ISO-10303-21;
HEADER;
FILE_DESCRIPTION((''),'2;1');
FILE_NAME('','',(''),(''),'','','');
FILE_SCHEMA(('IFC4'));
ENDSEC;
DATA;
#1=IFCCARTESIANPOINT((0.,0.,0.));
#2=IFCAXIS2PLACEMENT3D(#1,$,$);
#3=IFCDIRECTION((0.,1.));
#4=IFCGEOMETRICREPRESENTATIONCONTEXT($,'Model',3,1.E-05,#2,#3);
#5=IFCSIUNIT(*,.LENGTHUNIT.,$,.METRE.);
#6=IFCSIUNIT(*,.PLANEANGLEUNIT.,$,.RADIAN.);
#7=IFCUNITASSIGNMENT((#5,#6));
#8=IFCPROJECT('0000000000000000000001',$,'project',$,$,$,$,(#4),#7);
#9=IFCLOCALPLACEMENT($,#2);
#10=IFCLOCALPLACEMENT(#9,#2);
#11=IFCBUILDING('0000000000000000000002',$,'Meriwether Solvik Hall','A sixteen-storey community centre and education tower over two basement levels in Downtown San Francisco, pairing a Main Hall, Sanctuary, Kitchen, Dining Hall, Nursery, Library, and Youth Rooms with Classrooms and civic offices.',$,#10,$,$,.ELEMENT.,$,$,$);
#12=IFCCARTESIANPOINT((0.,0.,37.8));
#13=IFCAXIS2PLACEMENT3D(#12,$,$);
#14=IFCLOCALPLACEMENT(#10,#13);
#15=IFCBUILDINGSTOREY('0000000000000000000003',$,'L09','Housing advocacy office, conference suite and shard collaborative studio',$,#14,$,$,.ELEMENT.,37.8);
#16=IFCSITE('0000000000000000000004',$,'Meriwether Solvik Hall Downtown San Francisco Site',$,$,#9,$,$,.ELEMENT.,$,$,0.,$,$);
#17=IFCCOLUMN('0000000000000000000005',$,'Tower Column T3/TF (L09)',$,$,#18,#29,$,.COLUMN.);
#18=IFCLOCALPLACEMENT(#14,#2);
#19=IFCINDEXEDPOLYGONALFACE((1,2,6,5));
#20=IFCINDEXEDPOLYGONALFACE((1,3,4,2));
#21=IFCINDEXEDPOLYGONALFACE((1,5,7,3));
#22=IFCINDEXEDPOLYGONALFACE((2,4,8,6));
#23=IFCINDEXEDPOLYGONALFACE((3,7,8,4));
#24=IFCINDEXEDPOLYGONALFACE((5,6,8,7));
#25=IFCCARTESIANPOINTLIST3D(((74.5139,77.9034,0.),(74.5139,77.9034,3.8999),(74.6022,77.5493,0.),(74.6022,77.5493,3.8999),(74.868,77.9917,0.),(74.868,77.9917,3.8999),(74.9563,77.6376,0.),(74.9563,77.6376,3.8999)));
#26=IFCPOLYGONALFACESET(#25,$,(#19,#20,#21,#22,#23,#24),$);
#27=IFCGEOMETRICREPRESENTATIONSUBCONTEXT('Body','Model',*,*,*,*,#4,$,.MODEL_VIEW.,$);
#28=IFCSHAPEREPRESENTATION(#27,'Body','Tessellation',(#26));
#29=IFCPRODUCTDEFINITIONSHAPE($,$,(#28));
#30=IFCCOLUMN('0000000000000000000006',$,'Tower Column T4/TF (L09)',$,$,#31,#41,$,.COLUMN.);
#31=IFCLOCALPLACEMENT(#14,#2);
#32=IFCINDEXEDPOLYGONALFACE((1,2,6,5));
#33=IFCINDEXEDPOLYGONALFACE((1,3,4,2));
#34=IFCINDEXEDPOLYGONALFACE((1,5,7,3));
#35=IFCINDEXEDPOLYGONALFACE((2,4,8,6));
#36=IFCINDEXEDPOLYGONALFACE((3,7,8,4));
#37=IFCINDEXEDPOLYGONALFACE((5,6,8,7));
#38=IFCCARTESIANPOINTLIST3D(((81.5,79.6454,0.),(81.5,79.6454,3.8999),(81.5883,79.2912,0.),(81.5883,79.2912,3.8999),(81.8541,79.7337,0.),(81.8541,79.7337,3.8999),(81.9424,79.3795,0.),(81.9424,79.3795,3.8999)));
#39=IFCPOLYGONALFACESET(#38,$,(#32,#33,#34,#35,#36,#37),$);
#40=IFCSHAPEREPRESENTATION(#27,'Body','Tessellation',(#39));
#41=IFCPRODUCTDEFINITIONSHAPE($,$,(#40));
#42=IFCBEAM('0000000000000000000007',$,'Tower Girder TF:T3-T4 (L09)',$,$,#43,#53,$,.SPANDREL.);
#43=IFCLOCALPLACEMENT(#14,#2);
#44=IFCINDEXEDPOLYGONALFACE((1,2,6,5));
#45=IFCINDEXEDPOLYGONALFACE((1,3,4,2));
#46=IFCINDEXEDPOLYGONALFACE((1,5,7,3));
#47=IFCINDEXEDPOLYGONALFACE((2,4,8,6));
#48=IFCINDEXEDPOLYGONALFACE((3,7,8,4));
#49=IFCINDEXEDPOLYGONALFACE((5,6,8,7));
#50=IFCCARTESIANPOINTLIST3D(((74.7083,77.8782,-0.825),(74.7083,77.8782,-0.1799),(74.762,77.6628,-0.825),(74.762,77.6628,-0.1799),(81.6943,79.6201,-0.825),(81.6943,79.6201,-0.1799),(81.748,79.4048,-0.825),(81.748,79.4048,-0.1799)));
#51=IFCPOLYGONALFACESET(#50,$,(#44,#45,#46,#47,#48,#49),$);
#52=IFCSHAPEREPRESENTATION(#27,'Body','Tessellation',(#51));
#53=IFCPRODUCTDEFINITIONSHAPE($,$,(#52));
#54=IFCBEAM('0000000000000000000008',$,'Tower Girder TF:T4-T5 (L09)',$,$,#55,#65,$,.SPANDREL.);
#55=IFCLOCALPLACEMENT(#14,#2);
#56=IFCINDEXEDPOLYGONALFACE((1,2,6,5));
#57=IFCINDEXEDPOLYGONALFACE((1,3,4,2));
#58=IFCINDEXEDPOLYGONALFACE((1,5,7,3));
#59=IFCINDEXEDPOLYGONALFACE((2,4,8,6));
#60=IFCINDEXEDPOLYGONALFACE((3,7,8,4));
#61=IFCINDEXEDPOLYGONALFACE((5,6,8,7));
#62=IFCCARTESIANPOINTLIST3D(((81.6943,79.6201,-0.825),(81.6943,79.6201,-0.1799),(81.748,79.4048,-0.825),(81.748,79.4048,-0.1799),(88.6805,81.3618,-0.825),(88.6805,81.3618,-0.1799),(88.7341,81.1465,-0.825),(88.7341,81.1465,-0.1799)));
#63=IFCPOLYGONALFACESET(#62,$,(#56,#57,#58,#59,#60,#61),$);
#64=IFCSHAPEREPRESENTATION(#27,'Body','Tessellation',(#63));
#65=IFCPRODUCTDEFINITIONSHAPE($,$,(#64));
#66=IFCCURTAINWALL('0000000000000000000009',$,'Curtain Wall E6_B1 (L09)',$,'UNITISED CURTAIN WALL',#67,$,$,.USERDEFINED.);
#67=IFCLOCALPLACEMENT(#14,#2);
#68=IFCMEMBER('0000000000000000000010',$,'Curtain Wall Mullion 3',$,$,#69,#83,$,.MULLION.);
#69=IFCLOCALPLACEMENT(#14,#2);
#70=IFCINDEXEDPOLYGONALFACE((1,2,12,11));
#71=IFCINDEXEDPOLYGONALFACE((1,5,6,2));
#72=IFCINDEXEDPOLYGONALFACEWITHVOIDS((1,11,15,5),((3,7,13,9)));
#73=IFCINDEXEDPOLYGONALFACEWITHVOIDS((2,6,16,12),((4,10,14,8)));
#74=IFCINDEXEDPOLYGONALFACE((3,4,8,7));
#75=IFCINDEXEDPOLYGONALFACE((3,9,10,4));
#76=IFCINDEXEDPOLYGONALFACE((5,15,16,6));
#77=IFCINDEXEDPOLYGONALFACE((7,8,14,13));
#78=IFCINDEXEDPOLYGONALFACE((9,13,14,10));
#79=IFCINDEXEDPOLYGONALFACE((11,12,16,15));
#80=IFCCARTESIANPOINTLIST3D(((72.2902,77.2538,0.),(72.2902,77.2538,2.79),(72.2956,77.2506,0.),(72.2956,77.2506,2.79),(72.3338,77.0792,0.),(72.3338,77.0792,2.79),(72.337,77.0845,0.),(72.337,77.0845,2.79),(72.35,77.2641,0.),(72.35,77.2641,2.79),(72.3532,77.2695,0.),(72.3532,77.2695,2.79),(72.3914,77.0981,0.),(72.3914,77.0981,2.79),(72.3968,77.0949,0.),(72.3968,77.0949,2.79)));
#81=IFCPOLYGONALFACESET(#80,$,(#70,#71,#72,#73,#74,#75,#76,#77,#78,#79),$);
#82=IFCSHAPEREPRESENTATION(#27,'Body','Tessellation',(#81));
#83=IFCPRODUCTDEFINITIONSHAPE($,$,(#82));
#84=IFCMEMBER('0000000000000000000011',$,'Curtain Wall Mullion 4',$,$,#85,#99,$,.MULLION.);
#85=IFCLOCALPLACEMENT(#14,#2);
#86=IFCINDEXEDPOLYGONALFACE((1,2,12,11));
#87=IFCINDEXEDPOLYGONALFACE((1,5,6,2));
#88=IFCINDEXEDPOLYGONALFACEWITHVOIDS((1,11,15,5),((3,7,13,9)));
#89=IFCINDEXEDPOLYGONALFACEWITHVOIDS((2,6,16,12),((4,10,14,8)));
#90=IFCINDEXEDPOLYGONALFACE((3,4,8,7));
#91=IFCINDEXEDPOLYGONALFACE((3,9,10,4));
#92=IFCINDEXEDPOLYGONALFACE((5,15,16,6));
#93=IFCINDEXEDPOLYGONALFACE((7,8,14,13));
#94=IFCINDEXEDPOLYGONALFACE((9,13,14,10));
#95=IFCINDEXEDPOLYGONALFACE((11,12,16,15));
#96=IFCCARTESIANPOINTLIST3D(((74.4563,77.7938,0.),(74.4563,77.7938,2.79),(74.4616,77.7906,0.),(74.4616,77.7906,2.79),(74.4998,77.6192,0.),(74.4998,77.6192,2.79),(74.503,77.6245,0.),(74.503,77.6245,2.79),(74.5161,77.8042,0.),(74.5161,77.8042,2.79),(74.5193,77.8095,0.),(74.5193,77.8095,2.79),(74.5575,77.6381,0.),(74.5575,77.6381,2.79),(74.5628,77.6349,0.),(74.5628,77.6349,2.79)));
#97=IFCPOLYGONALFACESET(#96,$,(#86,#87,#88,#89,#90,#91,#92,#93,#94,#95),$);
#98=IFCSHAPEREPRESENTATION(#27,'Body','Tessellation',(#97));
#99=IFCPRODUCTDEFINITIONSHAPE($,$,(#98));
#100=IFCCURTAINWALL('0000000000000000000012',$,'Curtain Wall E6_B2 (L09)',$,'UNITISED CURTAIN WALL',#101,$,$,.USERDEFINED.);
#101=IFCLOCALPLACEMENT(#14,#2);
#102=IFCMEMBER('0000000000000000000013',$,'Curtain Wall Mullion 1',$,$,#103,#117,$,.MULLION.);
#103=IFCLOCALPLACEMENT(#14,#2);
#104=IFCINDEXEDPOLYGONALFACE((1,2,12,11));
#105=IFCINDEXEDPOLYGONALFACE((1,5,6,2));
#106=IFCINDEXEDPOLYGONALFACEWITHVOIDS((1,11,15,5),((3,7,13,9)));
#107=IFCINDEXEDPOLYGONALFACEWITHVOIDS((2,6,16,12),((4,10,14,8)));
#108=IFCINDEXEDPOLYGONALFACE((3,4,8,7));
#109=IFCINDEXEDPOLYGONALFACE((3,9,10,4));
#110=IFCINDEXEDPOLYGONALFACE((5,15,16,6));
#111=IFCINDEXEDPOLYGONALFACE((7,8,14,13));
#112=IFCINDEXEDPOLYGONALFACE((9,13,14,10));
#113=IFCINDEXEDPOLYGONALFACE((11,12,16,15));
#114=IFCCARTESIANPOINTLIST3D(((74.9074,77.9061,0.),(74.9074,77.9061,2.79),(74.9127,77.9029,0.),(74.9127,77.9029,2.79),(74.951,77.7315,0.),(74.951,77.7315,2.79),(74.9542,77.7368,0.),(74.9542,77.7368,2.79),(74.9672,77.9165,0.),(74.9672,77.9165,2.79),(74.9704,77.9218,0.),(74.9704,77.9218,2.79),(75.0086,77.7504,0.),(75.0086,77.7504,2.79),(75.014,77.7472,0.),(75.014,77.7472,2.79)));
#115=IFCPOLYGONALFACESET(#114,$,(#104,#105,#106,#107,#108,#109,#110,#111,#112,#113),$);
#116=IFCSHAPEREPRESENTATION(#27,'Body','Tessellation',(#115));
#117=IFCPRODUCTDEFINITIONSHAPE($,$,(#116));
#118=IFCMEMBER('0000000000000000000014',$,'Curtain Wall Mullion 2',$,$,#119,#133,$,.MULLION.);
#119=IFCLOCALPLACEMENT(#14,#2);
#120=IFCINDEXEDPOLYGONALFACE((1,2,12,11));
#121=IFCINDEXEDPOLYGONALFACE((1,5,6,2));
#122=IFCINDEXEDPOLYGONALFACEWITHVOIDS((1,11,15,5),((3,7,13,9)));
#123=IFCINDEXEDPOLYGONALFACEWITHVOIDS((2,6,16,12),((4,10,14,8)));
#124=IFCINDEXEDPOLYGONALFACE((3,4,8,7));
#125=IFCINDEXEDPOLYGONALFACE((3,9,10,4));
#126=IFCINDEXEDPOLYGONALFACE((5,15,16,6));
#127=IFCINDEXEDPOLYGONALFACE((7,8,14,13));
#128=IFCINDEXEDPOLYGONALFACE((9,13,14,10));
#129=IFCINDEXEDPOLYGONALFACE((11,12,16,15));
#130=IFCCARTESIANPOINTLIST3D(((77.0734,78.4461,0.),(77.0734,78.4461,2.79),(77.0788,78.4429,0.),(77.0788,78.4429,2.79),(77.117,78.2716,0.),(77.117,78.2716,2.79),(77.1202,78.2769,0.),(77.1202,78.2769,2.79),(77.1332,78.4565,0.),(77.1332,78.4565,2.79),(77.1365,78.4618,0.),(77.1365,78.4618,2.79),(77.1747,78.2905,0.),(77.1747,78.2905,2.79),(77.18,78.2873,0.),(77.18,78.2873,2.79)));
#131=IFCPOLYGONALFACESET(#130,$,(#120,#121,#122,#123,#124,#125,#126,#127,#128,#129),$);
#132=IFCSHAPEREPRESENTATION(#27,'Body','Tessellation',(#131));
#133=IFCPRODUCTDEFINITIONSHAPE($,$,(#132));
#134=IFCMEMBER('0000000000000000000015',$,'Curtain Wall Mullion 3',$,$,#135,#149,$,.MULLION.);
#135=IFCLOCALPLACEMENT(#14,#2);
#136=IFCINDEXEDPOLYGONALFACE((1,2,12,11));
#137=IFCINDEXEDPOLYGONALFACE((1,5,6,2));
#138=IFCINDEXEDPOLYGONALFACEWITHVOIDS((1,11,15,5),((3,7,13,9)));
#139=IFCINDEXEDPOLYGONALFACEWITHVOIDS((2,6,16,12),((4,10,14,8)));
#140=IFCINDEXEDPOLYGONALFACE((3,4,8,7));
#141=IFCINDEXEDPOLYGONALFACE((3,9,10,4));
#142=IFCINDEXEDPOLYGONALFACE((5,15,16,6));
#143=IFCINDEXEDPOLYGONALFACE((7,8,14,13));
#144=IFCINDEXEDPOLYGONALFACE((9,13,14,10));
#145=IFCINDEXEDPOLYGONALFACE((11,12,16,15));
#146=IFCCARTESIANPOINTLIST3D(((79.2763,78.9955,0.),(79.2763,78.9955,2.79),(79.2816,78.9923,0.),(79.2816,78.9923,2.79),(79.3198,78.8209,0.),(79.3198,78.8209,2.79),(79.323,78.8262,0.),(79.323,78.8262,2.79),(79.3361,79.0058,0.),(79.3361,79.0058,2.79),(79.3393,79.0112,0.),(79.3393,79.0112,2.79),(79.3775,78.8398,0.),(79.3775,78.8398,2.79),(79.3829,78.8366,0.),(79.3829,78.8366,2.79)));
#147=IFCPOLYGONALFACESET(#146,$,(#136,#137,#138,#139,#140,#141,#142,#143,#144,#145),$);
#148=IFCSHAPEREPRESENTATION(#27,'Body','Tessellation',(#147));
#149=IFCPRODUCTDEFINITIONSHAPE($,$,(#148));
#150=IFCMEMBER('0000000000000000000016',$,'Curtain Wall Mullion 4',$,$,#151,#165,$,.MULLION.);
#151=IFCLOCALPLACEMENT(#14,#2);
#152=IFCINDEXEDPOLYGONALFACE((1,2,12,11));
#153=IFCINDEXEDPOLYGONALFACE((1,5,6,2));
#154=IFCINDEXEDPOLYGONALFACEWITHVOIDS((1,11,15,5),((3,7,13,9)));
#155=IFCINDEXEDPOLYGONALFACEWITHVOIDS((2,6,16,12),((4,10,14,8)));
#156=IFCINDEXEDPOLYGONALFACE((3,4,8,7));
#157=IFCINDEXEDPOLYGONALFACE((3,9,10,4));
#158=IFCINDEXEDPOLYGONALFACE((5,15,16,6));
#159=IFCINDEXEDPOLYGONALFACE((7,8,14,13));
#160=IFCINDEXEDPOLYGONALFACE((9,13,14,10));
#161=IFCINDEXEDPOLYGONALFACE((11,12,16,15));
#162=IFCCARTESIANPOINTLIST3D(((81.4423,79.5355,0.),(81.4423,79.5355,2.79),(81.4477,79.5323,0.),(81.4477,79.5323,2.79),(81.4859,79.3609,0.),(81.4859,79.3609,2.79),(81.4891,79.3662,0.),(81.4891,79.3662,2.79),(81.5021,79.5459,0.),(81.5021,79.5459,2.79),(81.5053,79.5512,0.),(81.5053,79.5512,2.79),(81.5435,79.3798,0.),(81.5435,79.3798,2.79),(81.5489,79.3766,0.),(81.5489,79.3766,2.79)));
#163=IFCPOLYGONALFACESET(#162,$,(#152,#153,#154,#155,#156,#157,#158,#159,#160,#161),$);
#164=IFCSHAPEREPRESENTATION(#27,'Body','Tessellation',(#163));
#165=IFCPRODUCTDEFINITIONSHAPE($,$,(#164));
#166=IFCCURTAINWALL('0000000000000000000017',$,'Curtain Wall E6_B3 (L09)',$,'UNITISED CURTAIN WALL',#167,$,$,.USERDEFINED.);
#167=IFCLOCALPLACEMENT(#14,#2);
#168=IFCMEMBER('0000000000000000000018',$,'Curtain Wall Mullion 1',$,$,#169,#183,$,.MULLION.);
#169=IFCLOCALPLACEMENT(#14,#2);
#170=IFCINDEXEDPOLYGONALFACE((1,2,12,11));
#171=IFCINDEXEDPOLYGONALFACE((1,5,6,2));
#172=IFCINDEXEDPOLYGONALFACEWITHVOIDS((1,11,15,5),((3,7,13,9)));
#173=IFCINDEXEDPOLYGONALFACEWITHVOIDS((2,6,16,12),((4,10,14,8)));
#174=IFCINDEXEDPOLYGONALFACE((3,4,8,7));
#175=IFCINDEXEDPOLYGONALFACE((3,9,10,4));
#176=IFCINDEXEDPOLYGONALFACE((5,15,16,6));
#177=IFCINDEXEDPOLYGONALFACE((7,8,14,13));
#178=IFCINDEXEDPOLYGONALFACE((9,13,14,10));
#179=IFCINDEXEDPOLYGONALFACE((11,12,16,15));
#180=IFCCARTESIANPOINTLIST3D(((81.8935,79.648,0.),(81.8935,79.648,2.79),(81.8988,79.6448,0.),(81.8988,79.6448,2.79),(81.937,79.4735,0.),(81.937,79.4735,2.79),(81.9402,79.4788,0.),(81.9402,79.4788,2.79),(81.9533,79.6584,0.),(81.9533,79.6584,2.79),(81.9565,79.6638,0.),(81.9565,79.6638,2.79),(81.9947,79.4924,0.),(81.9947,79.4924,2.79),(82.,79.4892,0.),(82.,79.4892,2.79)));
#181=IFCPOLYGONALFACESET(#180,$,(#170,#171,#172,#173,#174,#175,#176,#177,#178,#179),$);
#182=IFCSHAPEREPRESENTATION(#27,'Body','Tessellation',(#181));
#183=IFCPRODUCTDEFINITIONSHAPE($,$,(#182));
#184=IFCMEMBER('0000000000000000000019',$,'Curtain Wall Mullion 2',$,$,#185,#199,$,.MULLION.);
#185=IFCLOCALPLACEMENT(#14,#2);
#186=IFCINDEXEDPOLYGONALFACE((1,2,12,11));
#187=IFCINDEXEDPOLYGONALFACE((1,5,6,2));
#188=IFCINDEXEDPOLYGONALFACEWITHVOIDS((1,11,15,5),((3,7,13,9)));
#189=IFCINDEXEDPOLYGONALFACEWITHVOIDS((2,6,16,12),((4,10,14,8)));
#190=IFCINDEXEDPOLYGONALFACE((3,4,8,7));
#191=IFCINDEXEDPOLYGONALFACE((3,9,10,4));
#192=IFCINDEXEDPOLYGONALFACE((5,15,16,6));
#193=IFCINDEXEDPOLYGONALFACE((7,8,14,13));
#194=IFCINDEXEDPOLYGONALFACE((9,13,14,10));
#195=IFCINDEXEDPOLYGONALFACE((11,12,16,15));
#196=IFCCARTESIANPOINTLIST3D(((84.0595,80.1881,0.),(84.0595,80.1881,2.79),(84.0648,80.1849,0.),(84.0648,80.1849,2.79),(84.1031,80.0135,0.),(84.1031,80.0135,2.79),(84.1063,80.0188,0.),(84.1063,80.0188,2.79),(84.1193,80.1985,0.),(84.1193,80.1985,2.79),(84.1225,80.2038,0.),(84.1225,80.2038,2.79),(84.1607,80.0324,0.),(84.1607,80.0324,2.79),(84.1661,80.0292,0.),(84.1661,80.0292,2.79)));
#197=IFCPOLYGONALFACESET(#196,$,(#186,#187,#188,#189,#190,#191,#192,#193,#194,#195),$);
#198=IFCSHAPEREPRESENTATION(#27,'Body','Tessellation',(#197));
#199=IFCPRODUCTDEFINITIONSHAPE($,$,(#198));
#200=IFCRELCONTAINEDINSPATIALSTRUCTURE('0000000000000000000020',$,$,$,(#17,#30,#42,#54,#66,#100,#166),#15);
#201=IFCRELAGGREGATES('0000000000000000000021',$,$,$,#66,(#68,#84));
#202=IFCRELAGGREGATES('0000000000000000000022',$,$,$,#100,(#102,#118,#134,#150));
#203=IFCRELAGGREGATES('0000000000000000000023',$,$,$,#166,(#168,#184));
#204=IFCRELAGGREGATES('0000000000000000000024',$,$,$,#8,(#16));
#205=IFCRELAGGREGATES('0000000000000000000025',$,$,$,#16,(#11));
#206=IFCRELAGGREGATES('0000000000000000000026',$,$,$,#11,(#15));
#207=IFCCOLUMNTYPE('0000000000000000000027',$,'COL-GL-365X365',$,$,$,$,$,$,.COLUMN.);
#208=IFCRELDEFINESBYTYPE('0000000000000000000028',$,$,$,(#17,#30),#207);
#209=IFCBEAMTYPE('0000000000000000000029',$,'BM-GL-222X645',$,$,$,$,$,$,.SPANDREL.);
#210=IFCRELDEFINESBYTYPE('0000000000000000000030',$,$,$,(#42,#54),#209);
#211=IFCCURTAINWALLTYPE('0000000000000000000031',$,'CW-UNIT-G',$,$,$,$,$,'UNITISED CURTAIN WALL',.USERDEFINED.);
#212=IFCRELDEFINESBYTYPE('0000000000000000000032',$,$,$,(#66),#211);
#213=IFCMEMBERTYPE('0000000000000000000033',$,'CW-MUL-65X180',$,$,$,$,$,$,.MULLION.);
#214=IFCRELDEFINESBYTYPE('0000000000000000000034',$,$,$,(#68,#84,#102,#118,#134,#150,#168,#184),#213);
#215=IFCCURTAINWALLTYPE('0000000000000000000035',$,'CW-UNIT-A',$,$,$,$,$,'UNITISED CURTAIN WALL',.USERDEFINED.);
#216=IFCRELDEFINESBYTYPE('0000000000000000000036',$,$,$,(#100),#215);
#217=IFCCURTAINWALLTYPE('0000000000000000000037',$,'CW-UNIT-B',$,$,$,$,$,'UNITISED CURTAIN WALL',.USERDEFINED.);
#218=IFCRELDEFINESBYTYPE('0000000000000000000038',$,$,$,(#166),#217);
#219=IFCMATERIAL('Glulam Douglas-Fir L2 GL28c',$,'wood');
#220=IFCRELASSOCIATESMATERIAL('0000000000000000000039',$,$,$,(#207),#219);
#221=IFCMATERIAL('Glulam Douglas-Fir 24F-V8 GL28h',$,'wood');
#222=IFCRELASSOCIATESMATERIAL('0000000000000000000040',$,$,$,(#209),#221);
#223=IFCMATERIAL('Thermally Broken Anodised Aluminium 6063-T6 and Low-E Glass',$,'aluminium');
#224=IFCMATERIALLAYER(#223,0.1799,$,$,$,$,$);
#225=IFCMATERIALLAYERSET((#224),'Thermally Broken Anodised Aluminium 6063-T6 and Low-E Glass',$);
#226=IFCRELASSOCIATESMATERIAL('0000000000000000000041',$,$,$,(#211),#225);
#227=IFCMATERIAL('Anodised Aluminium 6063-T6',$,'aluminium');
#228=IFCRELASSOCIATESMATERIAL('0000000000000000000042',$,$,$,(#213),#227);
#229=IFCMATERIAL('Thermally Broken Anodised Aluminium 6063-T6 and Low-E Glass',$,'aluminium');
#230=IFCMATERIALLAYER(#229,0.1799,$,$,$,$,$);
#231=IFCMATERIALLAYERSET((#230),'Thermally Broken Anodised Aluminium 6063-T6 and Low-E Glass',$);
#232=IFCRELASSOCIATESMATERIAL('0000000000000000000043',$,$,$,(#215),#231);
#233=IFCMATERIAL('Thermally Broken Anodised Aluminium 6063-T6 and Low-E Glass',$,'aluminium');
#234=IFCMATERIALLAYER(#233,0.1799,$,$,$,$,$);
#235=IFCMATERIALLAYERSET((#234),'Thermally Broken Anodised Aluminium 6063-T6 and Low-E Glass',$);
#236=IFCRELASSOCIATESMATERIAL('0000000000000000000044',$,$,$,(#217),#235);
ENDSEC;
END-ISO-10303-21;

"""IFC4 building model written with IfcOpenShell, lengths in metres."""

from ifc_helpers import new_model, si_unit, direction, frame, origin, origin_2d, place, context, subcontext, project, spatial, rectangle, hollow_rectangle, extrude, material, layer, layer_set, material_profile, profile_set, type_object, element, aggregate, save


model = new_model("IFC4")

# Units and contexts
model_context = context("Model", 3, precision=1e-05, world=origin(), true_north=direction((0.0, 1.0)))
body_context = subcontext(model_context, "Body", "Model", "MODEL_VIEW")
ifc_project = project(units=[si_unit("LENGTHUNIT", "METRE"), si_unit("PLANEANGLEUNIT", "RADIAN")], contexts=[model_context])

# Site, building, storey
site_placement = place(None, origin())
site = spatial("IfcSite", under=ifc_project, at=site_placement, Name="Meriwether Solvik Hall Downtown San Francisco Site", CompositionType="ELEMENT", RefElevation=0.0)
building_placement = place(site_placement, origin())
building = spatial("IfcBuilding", under=site, at=building_placement, Name="Meriwether Solvik Hall", Description="A sixteen-storey community centre and education tower over two basement levels in Downtown San Francisco, pairing a Main Hall, Sanctuary, Kitchen, Dining Hall, Nursery, Library, and Youth Rooms with Classrooms and civic offices.", CompositionType="ELEMENT")
storey_placement = place(building_placement, frame((0.0, 0.0, 37.8)))
storey = spatial("IfcBuildingStorey", under=building, at=storey_placement, Name="L09", Description="Housing advocacy office, conference suite and shard collaborative studio", CompositionType="ELEMENT", Elevation=37.8)

# Columns
ifc_material_1 = material(Name="Glulam Douglas-Fir L2 GL28c", Category="wood")
ifc_material_profile_1 = material_profile(ifc_material_1, rectangle(XDim=0.365, YDim=0.365, at=origin_2d()), Name="GLC-365X365")
ifc_profile_set_1 = profile_set([ifc_material_profile_1], Name="Glulam Douglas-Fir L2 GL28c")
column_type = type_object("IfcColumnType", Name="COL-GL-365X365", PredefinedType="COLUMN", material=ifc_profile_set_1)
for number, where, z_axis, x_axis, name in (
    (1, (74.7351, 77.7705, 0.0), (0.0, 0.0, 1.0), (0.970296, 0.241922, 0.0), "Tower Column T3/TF (L09)"),
    (2, (81.7212, 79.5125, 0.0), (0.0, 0.0, 1.0), (0.970296, 0.241922, 0.0), "Tower Column T4/TF (L09)"),
):
    element("IfcColumn", number, at=place(storey_placement, frame(where, z_axis=z_axis, x_axis=x_axis)), inside=storey, type_object=column_type, Name=name, PredefinedType="COLUMN", context=body_context, shape_type="SweptSolid", body=[
        extrude(rectangle(XDim=0.365, YDim=0.365, at=origin_2d()), origin(), (0.0, 0.0, 1.0), 3.8999),
    ])

# Beams
ifc_material_2 = material(Name="Glulam Douglas-Fir 24F-V8 GL28h", Category="wood")
ifc_material_profile_2 = material_profile(ifc_material_2, rectangle(XDim=0.2219, YDim=0.645, at=origin_2d()), Name="GLB-222X645")
ifc_profile_set_2 = profile_set([ifc_material_profile_2], Name="Glulam Douglas-Fir 24F-V8 GL28h")
beam_type = type_object("IfcBeamType", Name="BM-GL-222X645", PredefinedType="SPANDREL", material=ifc_profile_set_2)
for number, where, z_axis, x_axis, name in (
    (3, (74.7351, 77.7705, -0.5024), (0.970292, 0.241937, 0.0), (-0.241937, 0.970292, 0.0), "Tower Girder TF:T3-T4 (L09)"),
    (4, (81.7212, 79.5125, -0.5024), (0.9703, 0.241905, 0.0), (-0.241905, 0.9703, 0.0), "Tower Girder TF:T4-T5 (L09)"),
):
    element("IfcBeam", number, at=place(storey_placement, frame(where, z_axis=z_axis, x_axis=x_axis)), inside=storey, type_object=beam_type, Name=name, PredefinedType="SPANDREL", context=body_context, shape_type="SweptSolid", body=[
        extrude(rectangle(XDim=0.2219, YDim=0.645, at=origin_2d()), origin(), (0.0, 0.0, 1.0), 7.2),
    ])

# Curtain walls, members
ifc_material_3 = material(Name="Thermally Broken Anodised Aluminium 6063-T6 and Low-E Glass", Category="aluminium")
ifc_layer_1 = layer(ifc_material_3, 0.1799)
ifc_layer_set_1 = layer_set([ifc_layer_1], Name="Thermally Broken Anodised Aluminium 6063-T6 and Low-E Glass")
curtain_wall_type_1 = type_object("IfcCurtainWallType", Name="CW-UNIT-G", ElementType="UNITISED CURTAIN WALL", PredefinedType="USERDEFINED", material=ifc_layer_set_1)
curtain_wall_1_placement = place(storey_placement, origin())
curtain_wall_1 = element("IfcCurtainWall", 5, at=curtain_wall_1_placement, inside=storey, type_object=curtain_wall_type_1, Name="Curtain Wall E6_B1 (L09)", ObjectType="UNITISED CURTAIN WALL", PredefinedType="USERDEFINED")
ifc_material_4 = material(Name="Anodised Aluminium 6063-T6", Category="aluminium")
ifc_material_profile_3 = material_profile(ifc_material_4, hollow_rectangle(XDim=0.0649, YDim=0.1799, WallThickness=0.0044, at=origin_2d()), Name="CWM-65X180")
ifc_profile_set_3 = profile_set([ifc_material_profile_3], Name="Anodised Aluminium 6063-T6")
member_type_1 = type_object("IfcMemberType", Name="CW-MUL-65X180", PredefinedType="MULLION", material=ifc_profile_set_3)
member_1_placement = place(storey_placement, frame((72.3435, 77.1743, 0.0), z_axis=(0.0, 0.0, 1.0), x_axis=(0.970296, 0.241922, 0.0)))
member_1 = element("IfcMember", 6, at=member_1_placement, type_object=member_type_1, Name="Curtain Wall Mullion 3", PredefinedType="MULLION", context=body_context, shape_type="SweptSolid", body=[
    extrude(hollow_rectangle(XDim=0.0649, YDim=0.1799, WallThickness=0.0044, at=origin_2d()), origin(), (0.0, 0.0, 1.0), 2.79),
])
member_2_placement = place(storey_placement, frame((74.5095, 77.7144, 0.0), z_axis=(0.0, 0.0, 1.0), x_axis=(0.970296, 0.241922, 0.0)))
member_2 = element("IfcMember", 7, at=member_2_placement, type_object=member_type_1, Name="Curtain Wall Mullion 4", PredefinedType="MULLION", context=body_context, shape_type="SweptSolid", body=[
    extrude(hollow_rectangle(XDim=0.0649, YDim=0.1799, WallThickness=0.0044, at=origin_2d()), origin(), (0.0, 0.0, 1.0), 2.79),
])
ifc_material_5 = material(Name="Thermally Broken Anodised Aluminium 6063-T6 and Low-E Glass", Category="aluminium")
ifc_layer_2 = layer(ifc_material_5, 0.1799)
ifc_layer_set_2 = layer_set([ifc_layer_2], Name="Thermally Broken Anodised Aluminium 6063-T6 and Low-E Glass")
curtain_wall_type_2 = type_object("IfcCurtainWallType", Name="CW-UNIT-A", ElementType="UNITISED CURTAIN WALL", PredefinedType="USERDEFINED", material=ifc_layer_set_2)
curtain_wall_2_placement = place(storey_placement, origin())
curtain_wall_2 = element("IfcCurtainWall", 8, at=curtain_wall_2_placement, inside=storey, type_object=curtain_wall_type_2, Name="Curtain Wall E6_B2 (L09)", ObjectType="UNITISED CURTAIN WALL", PredefinedType="USERDEFINED")
member_3_placement = place(storey_placement, frame((74.9607, 77.8267, 0.0), z_axis=(0.0, 0.0, 1.0), x_axis=(0.970296, 0.241922, 0.0)))
member_3 = element("IfcMember", 9, at=member_3_placement, type_object=member_type_1, Name="Curtain Wall Mullion 1", PredefinedType="MULLION", context=body_context, shape_type="SweptSolid", body=[
    extrude(hollow_rectangle(XDim=0.0649, YDim=0.1799, WallThickness=0.0044, at=origin_2d()), origin(), (0.0, 0.0, 1.0), 2.79),
])
member_4_placement = place(storey_placement, frame((77.1267, 78.3667, 0.0), z_axis=(0.0, 0.0, 1.0), x_axis=(0.970296, 0.241922, 0.0)))
member_4 = element("IfcMember", 10, at=member_4_placement, type_object=member_type_1, Name="Curtain Wall Mullion 2", PredefinedType="MULLION", context=body_context, shape_type="SweptSolid", body=[
    extrude(hollow_rectangle(XDim=0.0649, YDim=0.1799, WallThickness=0.0044, at=origin_2d()), origin(), (0.0, 0.0, 1.0), 2.79),
])
member_5_placement = place(storey_placement, frame((79.3296, 78.916, 0.0), z_axis=(0.0, 0.0, 1.0), x_axis=(0.970296, 0.241922, 0.0)))
member_5 = element("IfcMember", 11, at=member_5_placement, type_object=member_type_1, Name="Curtain Wall Mullion 3", PredefinedType="MULLION", context=body_context, shape_type="SweptSolid", body=[
    extrude(hollow_rectangle(XDim=0.0649, YDim=0.1799, WallThickness=0.0044, at=origin_2d()), origin(), (0.0, 0.0, 1.0), 2.79),
])
member_6_placement = place(storey_placement, frame((81.4956, 79.4561, 0.0), z_axis=(0.0, 0.0, 1.0), x_axis=(0.970296, 0.241922, 0.0)))
member_6 = element("IfcMember", 12, at=member_6_placement, type_object=member_type_1, Name="Curtain Wall Mullion 4", PredefinedType="MULLION", context=body_context, shape_type="SweptSolid", body=[
    extrude(hollow_rectangle(XDim=0.0649, YDim=0.1799, WallThickness=0.0044, at=origin_2d()), origin(), (0.0, 0.0, 1.0), 2.79),
])
ifc_material_6 = material(Name="Thermally Broken Anodised Aluminium 6063-T6 and Low-E Glass", Category="aluminium")
ifc_layer_3 = layer(ifc_material_6, 0.1799)
ifc_layer_set_3 = layer_set([ifc_layer_3], Name="Thermally Broken Anodised Aluminium 6063-T6 and Low-E Glass")
curtain_wall_type_3 = type_object("IfcCurtainWallType", Name="CW-UNIT-B", ElementType="UNITISED CURTAIN WALL", PredefinedType="USERDEFINED", material=ifc_layer_set_3)
curtain_wall_3_placement = place(storey_placement, origin())
curtain_wall_3 = element("IfcCurtainWall", 13, at=curtain_wall_3_placement, inside=storey, type_object=curtain_wall_type_3, Name="Curtain Wall E6_B3 (L09)", ObjectType="UNITISED CURTAIN WALL", PredefinedType="USERDEFINED")
member_7_placement = place(storey_placement, frame((81.9468, 79.5686, 0.0), z_axis=(0.0, 0.0, 1.0), x_axis=(0.970296, 0.241922, 0.0)))
member_7 = element("IfcMember", 14, at=member_7_placement, type_object=member_type_1, Name="Curtain Wall Mullion 1", PredefinedType="MULLION", context=body_context, shape_type="SweptSolid", body=[
    extrude(hollow_rectangle(XDim=0.0649, YDim=0.1799, WallThickness=0.0044, at=origin_2d()), origin(), (0.0, 0.0, 1.0), 2.79),
])
member_8_placement = place(storey_placement, frame((84.1128, 80.1086, 0.0), z_axis=(0.0, 0.0, 1.0), x_axis=(0.970296, 0.241922, 0.0)))
member_8 = element("IfcMember", 15, at=member_8_placement, type_object=member_type_1, Name="Curtain Wall Mullion 2", PredefinedType="MULLION", context=body_context, shape_type="SweptSolid", body=[
    extrude(hollow_rectangle(XDim=0.0649, YDim=0.1799, WallThickness=0.0044, at=origin_2d()), origin(), (0.0, 0.0, 1.0), 2.79),
])

aggregate(curtain_wall_1, [member_1, member_2])
aggregate(curtain_wall_2, [member_3, member_4, member_5, member_6])
aggregate(curtain_wall_3, [member_7, member_8])

save(model, "model.ifc")
